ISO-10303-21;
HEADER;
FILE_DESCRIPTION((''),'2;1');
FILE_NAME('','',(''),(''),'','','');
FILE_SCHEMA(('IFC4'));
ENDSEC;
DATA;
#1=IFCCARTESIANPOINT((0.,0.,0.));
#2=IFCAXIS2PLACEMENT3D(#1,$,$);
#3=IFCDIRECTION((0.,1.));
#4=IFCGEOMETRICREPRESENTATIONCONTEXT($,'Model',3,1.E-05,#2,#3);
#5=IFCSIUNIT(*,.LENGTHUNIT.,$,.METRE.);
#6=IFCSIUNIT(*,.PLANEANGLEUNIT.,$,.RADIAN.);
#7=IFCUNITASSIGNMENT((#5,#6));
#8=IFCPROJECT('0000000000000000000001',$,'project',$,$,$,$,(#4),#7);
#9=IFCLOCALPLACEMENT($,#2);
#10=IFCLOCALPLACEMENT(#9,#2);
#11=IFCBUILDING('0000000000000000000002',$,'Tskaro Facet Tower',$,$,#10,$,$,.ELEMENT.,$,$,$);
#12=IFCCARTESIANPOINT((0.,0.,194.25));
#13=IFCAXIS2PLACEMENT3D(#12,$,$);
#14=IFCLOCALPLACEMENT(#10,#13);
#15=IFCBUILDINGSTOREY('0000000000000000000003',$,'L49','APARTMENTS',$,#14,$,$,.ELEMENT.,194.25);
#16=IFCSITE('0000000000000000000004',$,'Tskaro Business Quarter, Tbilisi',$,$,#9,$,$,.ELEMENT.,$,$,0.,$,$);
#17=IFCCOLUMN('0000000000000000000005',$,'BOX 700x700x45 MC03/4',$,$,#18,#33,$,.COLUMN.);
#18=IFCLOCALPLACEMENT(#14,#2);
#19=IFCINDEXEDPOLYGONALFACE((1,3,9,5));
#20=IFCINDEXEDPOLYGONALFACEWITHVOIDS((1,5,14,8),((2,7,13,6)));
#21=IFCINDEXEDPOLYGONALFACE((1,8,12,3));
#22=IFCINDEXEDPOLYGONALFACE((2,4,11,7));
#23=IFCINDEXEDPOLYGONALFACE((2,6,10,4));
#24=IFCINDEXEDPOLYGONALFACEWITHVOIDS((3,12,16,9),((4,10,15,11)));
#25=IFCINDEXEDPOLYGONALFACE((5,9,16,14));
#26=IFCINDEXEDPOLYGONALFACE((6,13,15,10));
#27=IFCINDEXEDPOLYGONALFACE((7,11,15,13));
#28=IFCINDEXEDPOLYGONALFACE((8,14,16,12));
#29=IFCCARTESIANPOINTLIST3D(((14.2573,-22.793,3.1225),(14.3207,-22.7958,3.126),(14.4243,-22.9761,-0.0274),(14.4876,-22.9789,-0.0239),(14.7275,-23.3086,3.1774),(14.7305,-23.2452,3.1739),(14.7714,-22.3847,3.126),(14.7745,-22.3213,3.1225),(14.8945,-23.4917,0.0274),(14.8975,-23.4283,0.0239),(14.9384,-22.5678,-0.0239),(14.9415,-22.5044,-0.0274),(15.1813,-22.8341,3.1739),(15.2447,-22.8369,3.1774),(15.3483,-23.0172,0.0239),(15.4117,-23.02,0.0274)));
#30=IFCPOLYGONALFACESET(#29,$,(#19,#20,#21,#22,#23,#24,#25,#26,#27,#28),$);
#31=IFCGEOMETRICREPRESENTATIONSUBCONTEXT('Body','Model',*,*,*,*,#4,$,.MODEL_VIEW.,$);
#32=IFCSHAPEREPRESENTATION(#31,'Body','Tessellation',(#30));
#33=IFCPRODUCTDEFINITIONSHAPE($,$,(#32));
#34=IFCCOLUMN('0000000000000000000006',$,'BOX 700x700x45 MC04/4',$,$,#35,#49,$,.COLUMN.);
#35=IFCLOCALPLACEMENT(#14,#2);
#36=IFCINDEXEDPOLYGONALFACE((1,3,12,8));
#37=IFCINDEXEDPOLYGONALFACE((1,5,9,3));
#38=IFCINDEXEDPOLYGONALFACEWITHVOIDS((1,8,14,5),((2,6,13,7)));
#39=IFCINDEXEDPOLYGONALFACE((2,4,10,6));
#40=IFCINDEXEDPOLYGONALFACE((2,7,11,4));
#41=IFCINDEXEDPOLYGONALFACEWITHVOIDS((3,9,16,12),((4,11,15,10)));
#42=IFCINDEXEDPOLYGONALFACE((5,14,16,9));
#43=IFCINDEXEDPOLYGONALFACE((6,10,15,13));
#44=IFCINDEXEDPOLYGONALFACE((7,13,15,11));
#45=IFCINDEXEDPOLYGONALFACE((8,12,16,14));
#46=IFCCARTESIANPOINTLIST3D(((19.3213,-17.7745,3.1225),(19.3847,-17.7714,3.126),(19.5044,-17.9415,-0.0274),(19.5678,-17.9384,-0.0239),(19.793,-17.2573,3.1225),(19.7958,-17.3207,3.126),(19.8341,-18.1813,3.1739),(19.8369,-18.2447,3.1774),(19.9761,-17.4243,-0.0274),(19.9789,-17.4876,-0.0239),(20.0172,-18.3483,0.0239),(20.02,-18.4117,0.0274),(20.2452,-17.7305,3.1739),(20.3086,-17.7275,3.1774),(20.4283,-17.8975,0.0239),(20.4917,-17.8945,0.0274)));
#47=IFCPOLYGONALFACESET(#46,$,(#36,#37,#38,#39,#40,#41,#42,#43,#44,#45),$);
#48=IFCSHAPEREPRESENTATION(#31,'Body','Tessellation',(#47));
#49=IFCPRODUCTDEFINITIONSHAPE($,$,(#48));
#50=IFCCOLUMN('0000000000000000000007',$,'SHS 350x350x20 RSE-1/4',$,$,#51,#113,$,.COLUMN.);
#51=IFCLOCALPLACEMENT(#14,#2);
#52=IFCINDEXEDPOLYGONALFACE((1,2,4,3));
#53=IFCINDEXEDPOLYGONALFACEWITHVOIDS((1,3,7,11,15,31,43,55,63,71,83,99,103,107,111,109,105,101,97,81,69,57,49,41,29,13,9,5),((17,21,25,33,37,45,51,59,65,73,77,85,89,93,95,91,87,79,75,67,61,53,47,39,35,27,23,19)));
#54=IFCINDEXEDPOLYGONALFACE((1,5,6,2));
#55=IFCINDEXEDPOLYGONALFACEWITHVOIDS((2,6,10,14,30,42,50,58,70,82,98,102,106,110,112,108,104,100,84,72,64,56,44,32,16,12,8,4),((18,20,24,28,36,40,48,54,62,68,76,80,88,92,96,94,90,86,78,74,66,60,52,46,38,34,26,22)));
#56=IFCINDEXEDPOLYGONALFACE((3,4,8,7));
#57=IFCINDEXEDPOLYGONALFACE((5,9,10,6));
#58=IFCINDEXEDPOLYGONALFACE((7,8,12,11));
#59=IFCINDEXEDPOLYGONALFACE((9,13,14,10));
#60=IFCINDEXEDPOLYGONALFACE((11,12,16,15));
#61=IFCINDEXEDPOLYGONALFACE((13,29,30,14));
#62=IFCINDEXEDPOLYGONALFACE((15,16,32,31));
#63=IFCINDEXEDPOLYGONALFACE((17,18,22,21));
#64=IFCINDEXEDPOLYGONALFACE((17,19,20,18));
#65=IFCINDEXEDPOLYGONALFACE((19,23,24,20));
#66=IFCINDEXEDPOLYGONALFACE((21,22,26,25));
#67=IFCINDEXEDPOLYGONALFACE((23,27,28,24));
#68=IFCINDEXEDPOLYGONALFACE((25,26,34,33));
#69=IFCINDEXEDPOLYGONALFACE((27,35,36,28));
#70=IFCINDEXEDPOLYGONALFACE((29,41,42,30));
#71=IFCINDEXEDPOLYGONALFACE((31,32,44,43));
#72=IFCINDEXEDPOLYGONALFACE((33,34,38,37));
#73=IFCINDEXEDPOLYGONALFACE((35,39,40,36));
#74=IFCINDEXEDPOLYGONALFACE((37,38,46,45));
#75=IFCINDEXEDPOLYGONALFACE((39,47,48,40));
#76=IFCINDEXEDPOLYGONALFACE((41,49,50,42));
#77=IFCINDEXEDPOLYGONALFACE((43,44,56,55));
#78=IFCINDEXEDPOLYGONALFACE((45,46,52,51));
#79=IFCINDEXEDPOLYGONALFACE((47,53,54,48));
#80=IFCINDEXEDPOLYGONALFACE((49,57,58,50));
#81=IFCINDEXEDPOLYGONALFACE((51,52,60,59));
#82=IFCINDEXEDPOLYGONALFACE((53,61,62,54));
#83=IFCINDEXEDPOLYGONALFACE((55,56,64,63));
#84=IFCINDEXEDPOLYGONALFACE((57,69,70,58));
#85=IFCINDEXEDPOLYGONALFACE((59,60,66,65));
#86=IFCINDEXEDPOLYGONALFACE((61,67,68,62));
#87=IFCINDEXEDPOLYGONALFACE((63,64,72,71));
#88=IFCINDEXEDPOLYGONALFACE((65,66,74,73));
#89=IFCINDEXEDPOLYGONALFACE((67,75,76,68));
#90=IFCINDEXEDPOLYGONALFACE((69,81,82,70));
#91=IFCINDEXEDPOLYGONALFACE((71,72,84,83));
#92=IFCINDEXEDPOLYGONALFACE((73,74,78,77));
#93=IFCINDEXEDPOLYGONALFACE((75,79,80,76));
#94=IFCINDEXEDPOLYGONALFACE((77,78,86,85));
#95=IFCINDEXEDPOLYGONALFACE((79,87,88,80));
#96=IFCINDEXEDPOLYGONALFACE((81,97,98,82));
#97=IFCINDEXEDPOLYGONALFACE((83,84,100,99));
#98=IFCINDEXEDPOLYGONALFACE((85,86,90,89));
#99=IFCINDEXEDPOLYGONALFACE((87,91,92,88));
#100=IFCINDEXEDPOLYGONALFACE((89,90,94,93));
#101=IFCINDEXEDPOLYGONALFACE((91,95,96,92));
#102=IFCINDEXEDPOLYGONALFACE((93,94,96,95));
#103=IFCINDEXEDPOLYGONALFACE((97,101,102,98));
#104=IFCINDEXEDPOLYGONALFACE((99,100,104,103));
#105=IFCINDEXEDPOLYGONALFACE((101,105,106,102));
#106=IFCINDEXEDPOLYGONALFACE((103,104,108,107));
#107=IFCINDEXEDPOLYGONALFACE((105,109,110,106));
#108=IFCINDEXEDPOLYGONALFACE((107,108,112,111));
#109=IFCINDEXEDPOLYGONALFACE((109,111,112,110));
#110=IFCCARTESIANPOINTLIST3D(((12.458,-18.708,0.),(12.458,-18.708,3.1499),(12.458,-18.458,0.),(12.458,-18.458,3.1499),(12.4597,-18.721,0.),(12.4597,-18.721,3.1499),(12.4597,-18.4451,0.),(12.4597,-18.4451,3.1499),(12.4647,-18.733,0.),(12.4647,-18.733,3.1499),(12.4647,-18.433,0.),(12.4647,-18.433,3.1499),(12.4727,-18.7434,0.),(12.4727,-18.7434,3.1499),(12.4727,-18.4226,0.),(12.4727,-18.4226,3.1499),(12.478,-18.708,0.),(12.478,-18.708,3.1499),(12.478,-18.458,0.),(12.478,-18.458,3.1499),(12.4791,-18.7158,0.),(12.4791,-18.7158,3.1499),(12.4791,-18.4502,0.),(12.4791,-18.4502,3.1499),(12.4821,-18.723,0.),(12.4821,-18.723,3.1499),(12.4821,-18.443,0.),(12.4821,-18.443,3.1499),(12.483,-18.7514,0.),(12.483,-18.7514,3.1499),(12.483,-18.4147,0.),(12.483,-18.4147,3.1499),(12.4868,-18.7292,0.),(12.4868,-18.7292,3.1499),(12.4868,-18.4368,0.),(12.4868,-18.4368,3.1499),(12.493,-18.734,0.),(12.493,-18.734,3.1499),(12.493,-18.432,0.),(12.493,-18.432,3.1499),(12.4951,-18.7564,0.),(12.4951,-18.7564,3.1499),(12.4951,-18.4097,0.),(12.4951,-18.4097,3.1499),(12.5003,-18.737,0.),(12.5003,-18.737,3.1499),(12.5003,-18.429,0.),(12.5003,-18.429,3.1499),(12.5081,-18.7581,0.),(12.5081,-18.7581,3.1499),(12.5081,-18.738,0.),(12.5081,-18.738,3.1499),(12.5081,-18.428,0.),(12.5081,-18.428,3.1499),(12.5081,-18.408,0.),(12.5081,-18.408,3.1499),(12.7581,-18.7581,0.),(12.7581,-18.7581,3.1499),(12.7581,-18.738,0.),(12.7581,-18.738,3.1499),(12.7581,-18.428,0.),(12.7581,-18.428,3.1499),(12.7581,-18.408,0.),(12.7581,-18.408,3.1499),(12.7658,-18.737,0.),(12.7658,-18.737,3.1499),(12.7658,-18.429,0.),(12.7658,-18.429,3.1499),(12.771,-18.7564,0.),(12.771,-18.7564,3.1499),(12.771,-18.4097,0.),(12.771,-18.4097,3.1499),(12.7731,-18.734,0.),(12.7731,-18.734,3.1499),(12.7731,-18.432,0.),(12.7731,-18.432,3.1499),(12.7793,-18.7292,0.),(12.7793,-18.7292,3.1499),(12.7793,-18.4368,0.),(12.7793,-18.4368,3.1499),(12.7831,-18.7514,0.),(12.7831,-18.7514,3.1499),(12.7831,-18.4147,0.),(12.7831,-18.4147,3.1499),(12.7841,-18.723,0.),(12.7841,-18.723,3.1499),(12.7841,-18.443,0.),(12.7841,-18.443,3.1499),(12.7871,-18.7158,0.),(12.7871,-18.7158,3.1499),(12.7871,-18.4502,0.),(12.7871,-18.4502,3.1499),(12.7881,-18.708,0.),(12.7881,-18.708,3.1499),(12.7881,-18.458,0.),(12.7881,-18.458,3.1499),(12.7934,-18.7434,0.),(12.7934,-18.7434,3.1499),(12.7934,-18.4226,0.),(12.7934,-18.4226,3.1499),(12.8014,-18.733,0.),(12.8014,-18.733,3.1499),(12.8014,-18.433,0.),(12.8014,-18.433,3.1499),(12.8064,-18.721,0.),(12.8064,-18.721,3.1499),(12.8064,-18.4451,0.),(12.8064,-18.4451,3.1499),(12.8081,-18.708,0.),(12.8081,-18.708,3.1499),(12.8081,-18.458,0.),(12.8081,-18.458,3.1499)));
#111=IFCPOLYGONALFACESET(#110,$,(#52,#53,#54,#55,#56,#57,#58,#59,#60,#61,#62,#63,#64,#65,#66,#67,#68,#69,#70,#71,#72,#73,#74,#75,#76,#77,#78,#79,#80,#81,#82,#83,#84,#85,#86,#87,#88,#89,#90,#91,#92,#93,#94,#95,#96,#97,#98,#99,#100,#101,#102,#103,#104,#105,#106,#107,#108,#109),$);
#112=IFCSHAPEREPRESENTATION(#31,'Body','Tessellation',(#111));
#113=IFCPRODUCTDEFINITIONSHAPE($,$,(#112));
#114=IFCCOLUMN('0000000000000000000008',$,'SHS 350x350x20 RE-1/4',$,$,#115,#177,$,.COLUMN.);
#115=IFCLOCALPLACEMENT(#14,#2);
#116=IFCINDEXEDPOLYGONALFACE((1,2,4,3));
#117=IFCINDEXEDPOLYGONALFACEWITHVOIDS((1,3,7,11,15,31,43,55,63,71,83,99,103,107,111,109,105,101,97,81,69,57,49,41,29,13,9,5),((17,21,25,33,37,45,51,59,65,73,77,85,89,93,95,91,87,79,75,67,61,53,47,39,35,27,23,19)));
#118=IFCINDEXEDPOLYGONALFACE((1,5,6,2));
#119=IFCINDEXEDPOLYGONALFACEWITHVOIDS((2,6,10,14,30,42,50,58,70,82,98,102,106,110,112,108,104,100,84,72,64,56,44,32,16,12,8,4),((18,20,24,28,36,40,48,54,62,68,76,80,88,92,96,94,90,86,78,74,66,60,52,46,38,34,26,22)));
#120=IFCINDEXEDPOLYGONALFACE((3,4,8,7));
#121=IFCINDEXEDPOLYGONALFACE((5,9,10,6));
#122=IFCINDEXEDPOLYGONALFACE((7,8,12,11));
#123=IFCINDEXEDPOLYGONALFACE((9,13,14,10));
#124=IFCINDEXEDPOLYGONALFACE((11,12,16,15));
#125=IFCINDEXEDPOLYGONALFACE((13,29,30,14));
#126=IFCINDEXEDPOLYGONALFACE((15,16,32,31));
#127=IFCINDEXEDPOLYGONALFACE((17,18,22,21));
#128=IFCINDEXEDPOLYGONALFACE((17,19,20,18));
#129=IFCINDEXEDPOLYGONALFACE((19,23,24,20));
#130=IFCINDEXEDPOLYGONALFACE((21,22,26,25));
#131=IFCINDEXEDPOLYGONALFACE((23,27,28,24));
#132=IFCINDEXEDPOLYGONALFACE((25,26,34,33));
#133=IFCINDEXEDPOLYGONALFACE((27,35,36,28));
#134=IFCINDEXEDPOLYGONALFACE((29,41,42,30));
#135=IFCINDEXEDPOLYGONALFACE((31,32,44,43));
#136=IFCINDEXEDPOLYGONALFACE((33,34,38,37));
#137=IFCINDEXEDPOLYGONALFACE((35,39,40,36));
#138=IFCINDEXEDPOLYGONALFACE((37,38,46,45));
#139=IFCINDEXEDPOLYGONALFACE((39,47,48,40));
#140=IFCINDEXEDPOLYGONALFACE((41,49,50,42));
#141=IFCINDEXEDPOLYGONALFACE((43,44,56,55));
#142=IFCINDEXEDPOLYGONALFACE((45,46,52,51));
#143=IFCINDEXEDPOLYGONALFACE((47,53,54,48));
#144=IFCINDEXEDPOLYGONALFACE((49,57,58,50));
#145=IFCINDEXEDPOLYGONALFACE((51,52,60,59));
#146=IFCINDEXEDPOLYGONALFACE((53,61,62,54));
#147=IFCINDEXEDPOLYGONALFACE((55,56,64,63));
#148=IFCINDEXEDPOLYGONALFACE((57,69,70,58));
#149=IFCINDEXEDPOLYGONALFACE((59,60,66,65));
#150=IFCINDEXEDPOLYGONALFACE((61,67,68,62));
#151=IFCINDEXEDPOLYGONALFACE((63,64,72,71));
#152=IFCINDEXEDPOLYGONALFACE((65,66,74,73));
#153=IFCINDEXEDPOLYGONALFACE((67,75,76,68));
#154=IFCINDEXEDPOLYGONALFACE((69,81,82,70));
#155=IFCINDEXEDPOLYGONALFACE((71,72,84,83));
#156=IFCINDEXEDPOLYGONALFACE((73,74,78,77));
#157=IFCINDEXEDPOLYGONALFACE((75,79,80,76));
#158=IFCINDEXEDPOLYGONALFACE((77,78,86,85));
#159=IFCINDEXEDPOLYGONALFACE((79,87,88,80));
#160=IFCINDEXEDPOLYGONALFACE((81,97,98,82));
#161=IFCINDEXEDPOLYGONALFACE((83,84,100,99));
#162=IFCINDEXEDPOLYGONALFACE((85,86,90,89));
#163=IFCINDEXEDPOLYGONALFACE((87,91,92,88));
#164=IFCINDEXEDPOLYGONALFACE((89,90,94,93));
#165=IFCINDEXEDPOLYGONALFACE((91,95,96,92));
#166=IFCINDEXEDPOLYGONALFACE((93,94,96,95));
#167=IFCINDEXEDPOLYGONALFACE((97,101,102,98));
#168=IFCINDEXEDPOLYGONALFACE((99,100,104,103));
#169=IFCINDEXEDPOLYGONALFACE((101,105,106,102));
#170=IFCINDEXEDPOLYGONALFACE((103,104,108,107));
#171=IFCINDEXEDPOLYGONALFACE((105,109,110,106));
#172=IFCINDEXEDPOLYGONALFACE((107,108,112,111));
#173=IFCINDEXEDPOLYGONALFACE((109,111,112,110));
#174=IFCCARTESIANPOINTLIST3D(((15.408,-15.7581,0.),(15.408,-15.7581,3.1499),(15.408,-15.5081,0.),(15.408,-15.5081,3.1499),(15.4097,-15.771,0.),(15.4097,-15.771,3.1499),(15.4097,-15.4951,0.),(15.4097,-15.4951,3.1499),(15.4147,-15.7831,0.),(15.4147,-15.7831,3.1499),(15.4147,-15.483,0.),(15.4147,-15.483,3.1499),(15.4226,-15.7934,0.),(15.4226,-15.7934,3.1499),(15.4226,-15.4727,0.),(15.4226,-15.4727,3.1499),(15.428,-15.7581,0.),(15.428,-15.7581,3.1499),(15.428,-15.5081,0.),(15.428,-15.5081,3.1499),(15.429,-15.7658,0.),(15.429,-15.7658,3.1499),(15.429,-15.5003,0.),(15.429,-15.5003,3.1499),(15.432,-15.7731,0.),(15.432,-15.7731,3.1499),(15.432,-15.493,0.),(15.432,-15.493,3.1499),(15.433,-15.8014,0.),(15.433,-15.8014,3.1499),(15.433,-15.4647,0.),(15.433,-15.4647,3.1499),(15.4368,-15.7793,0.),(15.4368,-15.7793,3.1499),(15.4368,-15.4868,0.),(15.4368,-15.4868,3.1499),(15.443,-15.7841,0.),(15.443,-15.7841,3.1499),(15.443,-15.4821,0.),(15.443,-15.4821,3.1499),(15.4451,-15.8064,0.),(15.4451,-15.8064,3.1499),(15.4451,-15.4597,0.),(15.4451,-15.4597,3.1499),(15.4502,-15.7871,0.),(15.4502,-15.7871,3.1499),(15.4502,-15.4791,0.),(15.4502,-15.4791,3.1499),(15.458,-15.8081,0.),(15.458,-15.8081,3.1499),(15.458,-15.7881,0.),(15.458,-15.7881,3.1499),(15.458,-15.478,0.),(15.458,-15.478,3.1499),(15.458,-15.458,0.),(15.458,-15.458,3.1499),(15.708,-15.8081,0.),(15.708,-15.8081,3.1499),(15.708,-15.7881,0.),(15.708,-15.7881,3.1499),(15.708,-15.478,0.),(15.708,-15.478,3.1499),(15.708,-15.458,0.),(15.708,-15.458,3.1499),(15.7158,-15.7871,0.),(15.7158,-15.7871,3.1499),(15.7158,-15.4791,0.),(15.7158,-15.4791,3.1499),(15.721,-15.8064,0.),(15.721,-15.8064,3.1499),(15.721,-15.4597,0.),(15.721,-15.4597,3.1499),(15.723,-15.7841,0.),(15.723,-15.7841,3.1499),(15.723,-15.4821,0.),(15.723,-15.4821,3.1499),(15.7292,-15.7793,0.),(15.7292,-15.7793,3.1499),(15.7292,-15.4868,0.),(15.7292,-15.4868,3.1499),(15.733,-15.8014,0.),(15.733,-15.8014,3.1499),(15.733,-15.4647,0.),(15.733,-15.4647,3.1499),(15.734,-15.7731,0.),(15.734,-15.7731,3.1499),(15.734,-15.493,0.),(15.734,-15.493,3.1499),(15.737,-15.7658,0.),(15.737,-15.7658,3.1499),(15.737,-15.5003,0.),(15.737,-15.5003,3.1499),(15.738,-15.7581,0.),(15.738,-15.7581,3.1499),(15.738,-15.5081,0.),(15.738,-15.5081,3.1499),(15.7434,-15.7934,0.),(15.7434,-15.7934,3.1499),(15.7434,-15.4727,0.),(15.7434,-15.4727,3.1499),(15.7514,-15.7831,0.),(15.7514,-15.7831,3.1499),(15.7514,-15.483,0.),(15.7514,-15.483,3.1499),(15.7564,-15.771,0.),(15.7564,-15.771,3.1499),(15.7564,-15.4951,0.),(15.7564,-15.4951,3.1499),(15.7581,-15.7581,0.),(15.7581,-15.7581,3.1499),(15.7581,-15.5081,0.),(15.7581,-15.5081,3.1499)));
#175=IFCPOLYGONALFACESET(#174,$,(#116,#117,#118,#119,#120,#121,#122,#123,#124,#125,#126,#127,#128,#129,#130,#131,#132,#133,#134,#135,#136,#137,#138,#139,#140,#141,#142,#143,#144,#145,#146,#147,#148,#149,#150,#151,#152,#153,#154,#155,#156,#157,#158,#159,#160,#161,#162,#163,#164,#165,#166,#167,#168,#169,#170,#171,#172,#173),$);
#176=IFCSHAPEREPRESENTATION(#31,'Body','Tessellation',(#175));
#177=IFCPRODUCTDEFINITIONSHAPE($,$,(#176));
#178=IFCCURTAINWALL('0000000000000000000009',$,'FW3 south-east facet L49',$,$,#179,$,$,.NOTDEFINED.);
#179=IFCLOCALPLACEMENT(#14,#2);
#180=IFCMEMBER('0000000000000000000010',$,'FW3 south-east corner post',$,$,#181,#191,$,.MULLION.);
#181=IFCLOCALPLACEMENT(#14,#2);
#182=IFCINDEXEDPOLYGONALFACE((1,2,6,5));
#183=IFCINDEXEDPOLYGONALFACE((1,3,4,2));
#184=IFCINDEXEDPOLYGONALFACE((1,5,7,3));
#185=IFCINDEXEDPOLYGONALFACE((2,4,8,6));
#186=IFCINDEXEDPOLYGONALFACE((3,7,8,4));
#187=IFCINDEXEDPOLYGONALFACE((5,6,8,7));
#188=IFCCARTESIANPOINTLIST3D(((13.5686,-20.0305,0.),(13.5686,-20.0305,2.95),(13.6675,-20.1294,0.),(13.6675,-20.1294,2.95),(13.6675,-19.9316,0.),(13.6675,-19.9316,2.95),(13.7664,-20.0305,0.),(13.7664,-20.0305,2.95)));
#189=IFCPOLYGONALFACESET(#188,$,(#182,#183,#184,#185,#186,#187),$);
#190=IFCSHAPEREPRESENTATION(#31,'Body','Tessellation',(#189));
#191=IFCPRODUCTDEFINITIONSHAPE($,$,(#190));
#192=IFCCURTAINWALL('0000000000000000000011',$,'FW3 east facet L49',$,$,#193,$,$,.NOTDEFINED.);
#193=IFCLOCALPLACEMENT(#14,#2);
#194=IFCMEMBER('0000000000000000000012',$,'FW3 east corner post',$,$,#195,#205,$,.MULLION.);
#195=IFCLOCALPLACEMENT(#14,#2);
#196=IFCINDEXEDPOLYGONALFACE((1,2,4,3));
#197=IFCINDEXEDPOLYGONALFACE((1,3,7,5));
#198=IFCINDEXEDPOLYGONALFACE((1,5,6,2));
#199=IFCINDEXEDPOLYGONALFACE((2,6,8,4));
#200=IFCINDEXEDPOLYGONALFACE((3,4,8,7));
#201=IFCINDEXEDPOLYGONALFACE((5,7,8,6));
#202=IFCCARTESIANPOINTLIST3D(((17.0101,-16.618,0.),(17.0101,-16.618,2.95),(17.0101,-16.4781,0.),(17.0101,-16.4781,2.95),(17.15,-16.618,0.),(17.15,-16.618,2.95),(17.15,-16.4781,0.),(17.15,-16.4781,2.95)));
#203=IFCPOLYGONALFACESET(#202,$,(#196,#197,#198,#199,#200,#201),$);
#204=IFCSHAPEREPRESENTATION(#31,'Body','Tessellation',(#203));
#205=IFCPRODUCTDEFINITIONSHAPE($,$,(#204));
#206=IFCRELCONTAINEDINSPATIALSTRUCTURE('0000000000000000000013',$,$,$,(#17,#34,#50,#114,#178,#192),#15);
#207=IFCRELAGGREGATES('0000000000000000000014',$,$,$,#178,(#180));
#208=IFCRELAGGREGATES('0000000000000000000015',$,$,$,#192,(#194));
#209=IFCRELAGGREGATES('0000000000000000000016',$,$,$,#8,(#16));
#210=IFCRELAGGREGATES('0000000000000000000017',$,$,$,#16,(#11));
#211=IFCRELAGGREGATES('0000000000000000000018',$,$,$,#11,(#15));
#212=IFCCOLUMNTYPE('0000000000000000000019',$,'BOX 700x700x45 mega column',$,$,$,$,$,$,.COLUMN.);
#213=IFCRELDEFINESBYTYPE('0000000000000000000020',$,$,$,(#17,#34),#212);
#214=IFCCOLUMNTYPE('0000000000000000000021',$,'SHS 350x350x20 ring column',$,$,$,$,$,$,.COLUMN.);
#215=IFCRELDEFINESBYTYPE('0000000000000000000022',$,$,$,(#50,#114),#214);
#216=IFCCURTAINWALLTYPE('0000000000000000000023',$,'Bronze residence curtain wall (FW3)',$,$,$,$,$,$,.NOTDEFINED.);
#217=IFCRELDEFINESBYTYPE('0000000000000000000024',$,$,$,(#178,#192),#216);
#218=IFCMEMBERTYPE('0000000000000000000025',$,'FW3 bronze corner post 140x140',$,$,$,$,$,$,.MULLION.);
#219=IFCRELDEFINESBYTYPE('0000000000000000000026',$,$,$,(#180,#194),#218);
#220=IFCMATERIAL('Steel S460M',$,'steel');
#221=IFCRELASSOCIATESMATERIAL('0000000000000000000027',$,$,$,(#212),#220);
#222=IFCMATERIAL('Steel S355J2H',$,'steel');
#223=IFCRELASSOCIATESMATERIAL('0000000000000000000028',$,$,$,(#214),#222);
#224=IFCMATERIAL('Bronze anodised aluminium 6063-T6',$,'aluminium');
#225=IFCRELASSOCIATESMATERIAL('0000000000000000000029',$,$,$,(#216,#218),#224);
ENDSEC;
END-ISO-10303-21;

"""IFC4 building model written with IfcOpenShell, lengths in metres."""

from ifc_helpers import new_model, si_unit, direction, frame, origin, origin_2d, place, context, subcontext, project, spatial, rectangle, hollow_rectangle, extrude, material, material_profile, profile_set, type_object, element, aggregate, save


model = new_model("IFC4")

# Units and contexts
model_context = context("Model", 3, precision=1e-05, world=origin(), true_north=direction((0.0, 1.0)))
body_context = subcontext(model_context, "Body", "Model", "MODEL_VIEW")
ifc_project = project(units=[si_unit("LENGTHUNIT", "METRE"), si_unit("PLANEANGLEUNIT", "RADIAN")], contexts=[model_context])

# Site, building, storey
site_placement = place(None, origin())
site = spatial("IfcSite", under=ifc_project, at=site_placement, Name="Tskaro Business Quarter, Tbilisi", CompositionType="ELEMENT", RefElevation=0.0)
building_placement = place(site_placement, origin())
building = spatial("IfcBuilding", under=site, at=building_placement, Name="Tskaro Facet Tower", CompositionType="ELEMENT")
storey_placement = place(building_placement, frame((0.0, 0.0, 194.25)))
storey = spatial("IfcBuildingStorey", under=building, at=storey_placement, Name="L49", Description="APARTMENTS", CompositionType="ELEMENT", Elevation=194.25)

# Columns
ifc_material_1 = material(Name="Steel S460M", Category="steel")
ifc_material_profile_1 = material_profile(ifc_material_1, hollow_rectangle(XDim=0.7, YDim=0.7, WallThickness=0.0449, at=origin_2d()), Name="BOX 700x700x45")
ifc_profile_set_1 = profile_set([ifc_material_profile_1], Name="Steel S460M")
column_type_1 = type_object("IfcColumnType", Name="BOX 700x700x45 mega column", PredefinedType="COLUMN", material=ifc_profile_set_1)
for number, where, z_axis, x_axis, name in (
    (1, (14.918, -22.998, 0.0), (-0.052852, 0.057951, 0.996919), (-0.738869, -0.673849, 0.0), "BOX 700x700x45 MC03/4"),
    (2, (19.998, -17.918, 0.0), (-0.057951, 0.052852, 0.996919), (-0.673849, -0.738869, 0.0), "BOX 700x700x45 MC04/4"),
):
    element("IfcColumn", number, at=place(storey_placement, frame(where, z_axis=z_axis, x_axis=x_axis)), inside=storey, type_object=column_type_1, Name=name, PredefinedType="COLUMN", context=body_context, shape_type="SweptSolid", body=[
        extrude(hollow_rectangle(XDim=0.7, YDim=0.7, WallThickness=0.0449, at=origin_2d()), origin(), (0.0, 0.0, 1.0), 3.1597),
    ])
ifc_material_2 = material(Name="Steel S355J2H", Category="steel")
ifc_material_profile_2 = material_profile(ifc_material_2, hollow_rectangle(XDim=0.3501, YDim=0.3501, WallThickness=0.02, InnerFilletRadius=0.03, OuterFilletRadius=0.05, at=origin_2d()), Name="SHS 350x350x20")
ifc_profile_set_2 = profile_set([ifc_material_profile_2], Name="Steel S355J2H")
column_type_2 = type_object("IfcColumnType", Name="SHS 350x350x20 ring column", PredefinedType="COLUMN", material=ifc_profile_set_2)
for number, where, z_axis, x_axis, name in (
    (3, (12.6331, -18.583, 0.0), (0.0, 0.0, 1.0), (1.0, 0.0, 0.0), "SHS 350x350x20 RSE-1/4"),
    (4, (15.583, -15.6331, 0.0), (0.0, 0.0, 1.0), (1.0, 0.0, 0.0), "SHS 350x350x20 RE-1/4"),
):
    element("IfcColumn", number, at=place(storey_placement, frame(where, z_axis=z_axis, x_axis=x_axis)), inside=storey, type_object=column_type_2, Name=name, PredefinedType="COLUMN", context=body_context, shape_type="SweptSolid", body=[
        extrude(hollow_rectangle(XDim=0.3501, YDim=0.3501, WallThickness=0.02, InnerFilletRadius=0.03, OuterFilletRadius=0.05, at=origin_2d()), origin(), (0.0, 0.0, 1.0), 3.1499),
    ])

# Curtain walls, members
ifc_material_3 = material(Name="Bronze anodised aluminium 6063-T6", Category="aluminium")
curtain_wall_type = type_object("IfcCurtainWallType", Name="Bronze residence curtain wall (FW3)", PredefinedType="NOTDEFINED", material=ifc_material_3)
curtain_wall_1_placement = place(storey_placement, origin())
curtain_wall_1 = element("IfcCurtainWall", 5, at=curtain_wall_1_placement, inside=storey, type_object=curtain_wall_type, Name="FW3 south-east facet L49", PredefinedType="NOTDEFINED")
ifc_material_profile_3 = material_profile(ifc_material_3, rectangle(XDim=0.1399, YDim=0.1399, at=origin_2d()), Name="Corner post 140x140")
ifc_profile_set_3 = profile_set([ifc_material_profile_3], Name="Bronze anodised aluminium 6063-T6")
member_type_1 = type_object("IfcMemberType", Name="FW3 bronze corner post 140x140", PredefinedType="MULLION", material=ifc_profile_set_3)
member_1_placement = place(storey_placement, frame((13.6675, -20.0305, 0.0), z_axis=(0.0, 0.0, 1.0), x_axis=(0.707107, 0.707107, 0.0)))
member_1 = element("IfcMember", 6, at=member_1_placement, type_object=member_type_1, Name="FW3 south-east corner post", PredefinedType="MULLION", context=body_context, shape_type="SweptSolid", body=[
    extrude(rectangle(XDim=0.1399, YDim=0.1399, at=origin_2d()), origin(), (0.0, 0.0, 1.0), 2.95),
])
curtain_wall_2_placement = place(storey_placement, origin())
curtain_wall_2 = element("IfcCurtainWall", 7, at=curtain_wall_2_placement, inside=storey, type_object=curtain_wall_type, Name="FW3 east facet L49", PredefinedType="NOTDEFINED")
member_2_placement = place(storey_placement, frame((17.0801, -16.5481, 0.0), z_axis=(0.0, 0.0, 1.0), x_axis=(0.0, 1.0, 0.0)))
member_2 = element("IfcMember", 8, at=member_2_placement, type_object=member_type_1, Name="FW3 east corner post", PredefinedType="MULLION", context=body_context, shape_type="SweptSolid", body=[
    extrude(rectangle(XDim=0.1399, YDim=0.1399, at=origin_2d()), origin(), (0.0, 0.0, 1.0), 2.95),
])

aggregate(curtain_wall_1, [member_1])
aggregate(curtain_wall_2, [member_2])

save(model, "model.ifc")
